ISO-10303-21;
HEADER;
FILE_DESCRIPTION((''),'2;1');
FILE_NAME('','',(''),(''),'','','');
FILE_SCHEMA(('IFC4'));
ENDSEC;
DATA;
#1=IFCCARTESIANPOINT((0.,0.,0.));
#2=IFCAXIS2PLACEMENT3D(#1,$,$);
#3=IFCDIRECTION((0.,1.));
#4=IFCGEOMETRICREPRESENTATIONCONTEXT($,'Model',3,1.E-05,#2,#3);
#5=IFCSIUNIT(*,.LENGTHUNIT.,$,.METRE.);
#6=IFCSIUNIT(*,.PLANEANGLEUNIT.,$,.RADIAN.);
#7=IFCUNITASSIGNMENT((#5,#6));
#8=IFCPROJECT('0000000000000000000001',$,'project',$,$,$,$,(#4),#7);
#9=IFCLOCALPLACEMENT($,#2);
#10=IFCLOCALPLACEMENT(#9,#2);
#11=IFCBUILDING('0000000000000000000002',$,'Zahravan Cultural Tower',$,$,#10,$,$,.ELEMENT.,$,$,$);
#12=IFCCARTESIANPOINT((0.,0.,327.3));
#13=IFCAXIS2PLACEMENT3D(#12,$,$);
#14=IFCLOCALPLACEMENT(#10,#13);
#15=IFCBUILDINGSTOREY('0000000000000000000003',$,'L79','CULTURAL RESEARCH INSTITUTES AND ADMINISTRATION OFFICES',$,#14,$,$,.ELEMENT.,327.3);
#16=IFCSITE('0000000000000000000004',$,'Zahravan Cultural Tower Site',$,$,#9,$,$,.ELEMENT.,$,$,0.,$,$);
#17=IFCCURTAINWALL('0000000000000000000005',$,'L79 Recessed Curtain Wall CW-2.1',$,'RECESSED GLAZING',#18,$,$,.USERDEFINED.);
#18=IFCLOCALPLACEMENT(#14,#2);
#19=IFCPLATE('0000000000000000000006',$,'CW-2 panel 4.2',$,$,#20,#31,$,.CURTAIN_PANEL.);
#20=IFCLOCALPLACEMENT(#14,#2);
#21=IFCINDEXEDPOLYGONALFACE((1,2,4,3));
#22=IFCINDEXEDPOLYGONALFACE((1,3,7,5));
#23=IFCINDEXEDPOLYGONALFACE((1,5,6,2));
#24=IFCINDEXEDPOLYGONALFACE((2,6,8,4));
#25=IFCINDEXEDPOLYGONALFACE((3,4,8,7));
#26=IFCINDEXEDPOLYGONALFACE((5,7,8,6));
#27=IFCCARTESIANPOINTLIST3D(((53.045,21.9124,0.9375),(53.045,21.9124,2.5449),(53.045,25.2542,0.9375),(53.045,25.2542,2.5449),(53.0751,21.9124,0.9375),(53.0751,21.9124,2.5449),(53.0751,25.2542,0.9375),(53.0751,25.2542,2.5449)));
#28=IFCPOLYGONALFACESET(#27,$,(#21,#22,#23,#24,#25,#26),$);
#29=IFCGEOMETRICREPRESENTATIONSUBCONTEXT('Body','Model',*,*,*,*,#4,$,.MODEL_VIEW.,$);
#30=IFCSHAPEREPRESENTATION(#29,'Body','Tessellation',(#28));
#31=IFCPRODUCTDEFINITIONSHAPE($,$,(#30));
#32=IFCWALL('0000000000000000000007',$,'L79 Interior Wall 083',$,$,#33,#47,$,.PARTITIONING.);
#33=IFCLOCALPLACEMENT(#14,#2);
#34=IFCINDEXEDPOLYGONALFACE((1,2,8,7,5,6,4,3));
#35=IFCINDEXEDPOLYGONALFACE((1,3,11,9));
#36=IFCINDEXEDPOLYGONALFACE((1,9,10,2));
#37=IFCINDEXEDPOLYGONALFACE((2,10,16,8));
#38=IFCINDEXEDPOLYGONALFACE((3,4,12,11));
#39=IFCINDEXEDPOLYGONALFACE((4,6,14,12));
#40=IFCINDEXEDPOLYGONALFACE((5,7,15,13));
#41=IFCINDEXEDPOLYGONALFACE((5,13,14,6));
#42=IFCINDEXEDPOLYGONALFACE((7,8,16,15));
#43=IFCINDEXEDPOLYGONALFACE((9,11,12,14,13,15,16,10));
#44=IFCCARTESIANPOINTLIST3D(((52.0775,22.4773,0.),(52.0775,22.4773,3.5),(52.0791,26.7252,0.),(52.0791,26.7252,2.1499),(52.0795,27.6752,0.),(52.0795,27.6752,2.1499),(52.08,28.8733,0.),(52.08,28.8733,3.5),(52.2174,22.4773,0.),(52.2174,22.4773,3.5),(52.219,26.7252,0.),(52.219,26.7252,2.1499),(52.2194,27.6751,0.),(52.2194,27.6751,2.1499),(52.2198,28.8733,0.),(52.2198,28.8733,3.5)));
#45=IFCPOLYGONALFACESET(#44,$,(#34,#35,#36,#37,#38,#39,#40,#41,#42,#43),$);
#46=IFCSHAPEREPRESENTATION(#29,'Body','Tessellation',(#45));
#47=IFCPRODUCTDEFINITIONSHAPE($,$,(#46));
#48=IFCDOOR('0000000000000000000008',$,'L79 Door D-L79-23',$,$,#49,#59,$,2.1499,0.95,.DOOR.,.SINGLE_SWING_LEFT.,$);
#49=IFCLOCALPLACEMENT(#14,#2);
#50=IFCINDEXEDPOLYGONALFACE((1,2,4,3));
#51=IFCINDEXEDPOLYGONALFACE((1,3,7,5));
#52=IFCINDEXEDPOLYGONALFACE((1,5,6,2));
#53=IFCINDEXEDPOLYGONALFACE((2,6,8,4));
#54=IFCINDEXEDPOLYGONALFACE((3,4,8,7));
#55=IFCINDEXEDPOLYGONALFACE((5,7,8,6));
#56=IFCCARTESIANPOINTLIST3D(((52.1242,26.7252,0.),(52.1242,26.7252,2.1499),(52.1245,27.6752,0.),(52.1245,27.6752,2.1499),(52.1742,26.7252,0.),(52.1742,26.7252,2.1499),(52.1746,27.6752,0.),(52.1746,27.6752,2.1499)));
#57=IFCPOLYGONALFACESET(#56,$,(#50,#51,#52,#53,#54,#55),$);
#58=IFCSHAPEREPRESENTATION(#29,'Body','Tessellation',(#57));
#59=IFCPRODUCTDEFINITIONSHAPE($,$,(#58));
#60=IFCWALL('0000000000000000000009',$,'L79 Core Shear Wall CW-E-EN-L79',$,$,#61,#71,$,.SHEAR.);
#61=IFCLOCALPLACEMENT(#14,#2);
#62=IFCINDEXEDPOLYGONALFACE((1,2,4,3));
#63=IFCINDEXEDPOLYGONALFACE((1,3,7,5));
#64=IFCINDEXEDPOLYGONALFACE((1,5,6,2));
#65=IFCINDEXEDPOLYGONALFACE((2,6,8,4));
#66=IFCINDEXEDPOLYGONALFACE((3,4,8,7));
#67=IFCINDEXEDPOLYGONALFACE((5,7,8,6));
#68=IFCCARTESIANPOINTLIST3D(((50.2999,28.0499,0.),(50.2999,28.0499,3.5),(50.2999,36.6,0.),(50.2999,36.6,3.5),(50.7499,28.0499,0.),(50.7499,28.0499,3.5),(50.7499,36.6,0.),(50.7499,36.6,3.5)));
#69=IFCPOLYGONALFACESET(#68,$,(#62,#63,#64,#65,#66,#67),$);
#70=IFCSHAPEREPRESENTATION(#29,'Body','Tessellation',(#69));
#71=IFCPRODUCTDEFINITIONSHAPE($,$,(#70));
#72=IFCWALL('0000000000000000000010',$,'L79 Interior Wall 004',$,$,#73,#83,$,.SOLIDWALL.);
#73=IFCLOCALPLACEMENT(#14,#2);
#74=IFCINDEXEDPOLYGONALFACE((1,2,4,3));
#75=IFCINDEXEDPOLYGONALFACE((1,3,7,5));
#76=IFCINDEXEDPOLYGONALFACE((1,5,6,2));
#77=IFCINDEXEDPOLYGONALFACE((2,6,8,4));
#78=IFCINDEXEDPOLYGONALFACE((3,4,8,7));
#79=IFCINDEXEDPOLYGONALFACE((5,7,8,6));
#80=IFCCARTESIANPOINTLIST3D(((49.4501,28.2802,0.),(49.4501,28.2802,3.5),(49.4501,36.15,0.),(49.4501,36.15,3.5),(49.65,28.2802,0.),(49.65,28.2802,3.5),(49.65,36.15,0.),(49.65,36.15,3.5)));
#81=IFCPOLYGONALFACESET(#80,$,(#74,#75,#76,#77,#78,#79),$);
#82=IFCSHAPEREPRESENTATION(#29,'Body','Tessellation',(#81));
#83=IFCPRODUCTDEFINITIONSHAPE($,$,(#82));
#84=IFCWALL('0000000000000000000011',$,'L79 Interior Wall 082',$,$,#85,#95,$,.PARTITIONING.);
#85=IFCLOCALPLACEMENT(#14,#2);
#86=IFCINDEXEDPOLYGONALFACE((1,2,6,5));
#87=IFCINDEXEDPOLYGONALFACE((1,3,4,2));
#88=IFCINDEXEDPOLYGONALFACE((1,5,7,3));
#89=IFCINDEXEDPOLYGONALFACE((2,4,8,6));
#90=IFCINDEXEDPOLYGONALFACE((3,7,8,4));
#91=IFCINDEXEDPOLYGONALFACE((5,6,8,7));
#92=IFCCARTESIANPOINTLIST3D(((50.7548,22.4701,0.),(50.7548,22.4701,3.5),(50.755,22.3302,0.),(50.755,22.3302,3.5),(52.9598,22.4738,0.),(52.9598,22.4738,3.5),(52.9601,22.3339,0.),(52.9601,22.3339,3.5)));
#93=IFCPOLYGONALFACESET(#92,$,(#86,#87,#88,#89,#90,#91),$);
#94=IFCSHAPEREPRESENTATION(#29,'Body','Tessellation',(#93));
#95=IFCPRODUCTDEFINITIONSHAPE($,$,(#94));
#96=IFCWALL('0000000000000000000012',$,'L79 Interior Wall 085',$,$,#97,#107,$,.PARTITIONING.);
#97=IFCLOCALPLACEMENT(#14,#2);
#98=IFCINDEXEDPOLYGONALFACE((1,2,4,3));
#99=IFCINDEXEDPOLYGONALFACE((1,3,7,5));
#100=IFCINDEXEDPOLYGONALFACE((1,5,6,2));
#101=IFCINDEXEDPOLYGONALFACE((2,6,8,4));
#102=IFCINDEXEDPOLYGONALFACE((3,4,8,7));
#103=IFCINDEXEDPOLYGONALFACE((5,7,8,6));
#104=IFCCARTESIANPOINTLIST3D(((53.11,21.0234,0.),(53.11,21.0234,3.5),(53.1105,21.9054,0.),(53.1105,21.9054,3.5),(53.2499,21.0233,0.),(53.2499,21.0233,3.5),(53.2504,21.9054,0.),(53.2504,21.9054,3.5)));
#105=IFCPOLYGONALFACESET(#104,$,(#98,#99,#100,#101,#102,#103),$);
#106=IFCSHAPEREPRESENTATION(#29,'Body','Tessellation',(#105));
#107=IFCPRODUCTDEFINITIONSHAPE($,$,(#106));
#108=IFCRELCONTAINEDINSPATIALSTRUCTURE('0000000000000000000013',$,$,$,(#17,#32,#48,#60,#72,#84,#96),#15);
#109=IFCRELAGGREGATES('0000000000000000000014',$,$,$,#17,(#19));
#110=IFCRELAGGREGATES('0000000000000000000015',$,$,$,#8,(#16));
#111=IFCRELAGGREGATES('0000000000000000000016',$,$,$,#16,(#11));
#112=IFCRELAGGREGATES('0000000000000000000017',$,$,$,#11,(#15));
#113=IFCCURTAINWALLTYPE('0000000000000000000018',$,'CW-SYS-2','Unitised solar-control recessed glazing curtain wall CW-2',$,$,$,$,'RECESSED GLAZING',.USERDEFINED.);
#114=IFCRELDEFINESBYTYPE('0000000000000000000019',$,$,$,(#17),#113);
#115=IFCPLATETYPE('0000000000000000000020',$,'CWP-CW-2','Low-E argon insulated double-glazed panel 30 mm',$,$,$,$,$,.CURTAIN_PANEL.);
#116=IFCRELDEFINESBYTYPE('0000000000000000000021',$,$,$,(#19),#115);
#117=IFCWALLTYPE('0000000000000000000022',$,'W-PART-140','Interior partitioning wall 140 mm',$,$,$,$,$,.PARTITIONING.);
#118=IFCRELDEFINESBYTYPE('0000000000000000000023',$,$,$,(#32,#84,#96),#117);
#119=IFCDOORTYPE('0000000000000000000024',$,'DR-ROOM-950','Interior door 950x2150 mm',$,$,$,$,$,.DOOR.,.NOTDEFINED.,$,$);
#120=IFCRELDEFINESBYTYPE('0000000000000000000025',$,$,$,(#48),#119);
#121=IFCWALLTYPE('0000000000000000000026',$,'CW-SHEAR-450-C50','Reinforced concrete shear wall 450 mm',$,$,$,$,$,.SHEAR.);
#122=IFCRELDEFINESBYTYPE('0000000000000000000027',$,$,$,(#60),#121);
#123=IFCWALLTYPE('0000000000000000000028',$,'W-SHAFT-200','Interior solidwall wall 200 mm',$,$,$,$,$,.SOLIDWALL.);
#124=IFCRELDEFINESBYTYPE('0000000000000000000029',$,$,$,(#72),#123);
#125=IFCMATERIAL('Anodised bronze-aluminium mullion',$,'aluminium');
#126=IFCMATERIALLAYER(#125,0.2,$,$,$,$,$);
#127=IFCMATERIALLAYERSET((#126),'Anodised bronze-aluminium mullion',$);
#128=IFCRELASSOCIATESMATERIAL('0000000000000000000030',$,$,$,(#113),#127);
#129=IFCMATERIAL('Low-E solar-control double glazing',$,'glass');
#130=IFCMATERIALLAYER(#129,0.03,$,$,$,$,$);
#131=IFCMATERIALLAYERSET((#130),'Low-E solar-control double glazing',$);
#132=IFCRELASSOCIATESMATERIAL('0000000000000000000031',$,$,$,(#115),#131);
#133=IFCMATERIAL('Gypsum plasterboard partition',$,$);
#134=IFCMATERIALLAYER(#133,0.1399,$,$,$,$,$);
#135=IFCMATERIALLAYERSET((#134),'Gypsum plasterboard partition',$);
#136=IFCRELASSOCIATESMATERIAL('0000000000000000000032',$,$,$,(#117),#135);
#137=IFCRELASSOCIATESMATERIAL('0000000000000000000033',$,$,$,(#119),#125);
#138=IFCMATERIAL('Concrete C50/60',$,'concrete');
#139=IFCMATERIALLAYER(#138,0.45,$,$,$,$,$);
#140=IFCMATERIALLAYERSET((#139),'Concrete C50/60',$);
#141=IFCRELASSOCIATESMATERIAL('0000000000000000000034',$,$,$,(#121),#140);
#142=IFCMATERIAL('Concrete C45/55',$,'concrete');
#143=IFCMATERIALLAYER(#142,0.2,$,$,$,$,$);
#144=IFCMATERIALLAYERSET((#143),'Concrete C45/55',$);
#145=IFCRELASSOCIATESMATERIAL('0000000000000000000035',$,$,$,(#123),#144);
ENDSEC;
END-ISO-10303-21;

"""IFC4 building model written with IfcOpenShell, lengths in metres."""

from ifc_helpers import new_model, si_unit, direction, frame, frame_2d, origin, origin_2d, place, context, subcontext, project, spatial, rectangle, extrude, source, transform, mapped, material, layer, layer_set, type_object, element, fill, aggregate, save


model = new_model("IFC4")

# Units and contexts
model_context = context("Model", 3, precision=1e-05, world=origin(), true_north=direction((0.0, 1.0)))
body_context = subcontext(model_context, "Body", "Model", "MODEL_VIEW")
ifc_project = project(units=[si_unit("LENGTHUNIT", "METRE"), si_unit("PLANEANGLEUNIT", "RADIAN")], contexts=[model_context])

# Site, building, storey
site_placement = place(None, origin())
site = spatial("IfcSite", under=ifc_project, at=site_placement, Name="Zahravan Cultural Tower Site", CompositionType="ELEMENT", RefElevation=0.0)
building_placement = place(site_placement, origin())
building = spatial("IfcBuilding", under=site, at=building_placement, Name="Zahravan Cultural Tower", CompositionType="ELEMENT")
storey_placement = place(building_placement, frame((0.0, 0.0, 327.3)))
storey = spatial("IfcBuildingStorey", under=building, at=storey_placement, Name="L79", Description="CULTURAL RESEARCH INSTITUTES AND ADMINISTRATION OFFICES", CompositionType="ELEMENT", Elevation=327.3)

# Shared definitions
ifc_material_1 = material(Name="Concrete C50/60", Category="concrete")

# Curtain wall, plate
ifc_material_2 = material(Name="Anodised bronze-aluminium mullion", Category="aluminium")
ifc_layer_1 = layer(ifc_material_2, 0.2)
ifc_layer_set_1 = layer_set([ifc_layer_1], Name="Anodised bronze-aluminium mullion")
curtain_wall_type = type_object("IfcCurtainWallType", Name="CW-SYS-2", Description="Unitised solar-control recessed glazing curtain wall CW-2", ElementType="RECESSED GLAZING", PredefinedType="USERDEFINED", material=ifc_layer_set_1)
curtain_wall_placement = place(storey_placement, origin())
curtain_wall = element("IfcCurtainWall", 1, at=curtain_wall_placement, inside=storey, type_object=curtain_wall_type, Name="L79 Recessed Curtain Wall CW-2.1", ObjectType="RECESSED GLAZING", PredefinedType="USERDEFINED")
ifc_material_3 = material(Name="Low-E solar-control double glazing", Category="glass")
ifc_layer_2 = layer(ifc_material_3, 0.03)
ifc_layer_set_2 = layer_set([ifc_layer_2], Name="Low-E solar-control double glazing")
plate_type = type_object("IfcPlateType", Name="CWP-CW-2", Description="Low-E argon insulated double-glazed panel 30 mm", PredefinedType="CURTAIN_PANEL", material=ifc_layer_set_2)
shared_shape_1 = source(origin(), body_context, "Body", "SweptSolid", [
    extrude(rectangle(XDim=3.3418, YDim=0.03, at=origin_2d()), origin(), (0.0, 0.0, 1.0), 1.6074),
])
plate_1_placement = place(storey_placement, frame((53.0601, 23.5833, 0.9375), z_axis=(0.0, 0.0, 1.0), x_axis=(0.0, -1.0, 0.0)))
plate_1 = element("IfcPlate", 2, at=plate_1_placement, type_object=plate_type, Name="CW-2 panel 4.2", PredefinedType="CURTAIN_PANEL", context=body_context, shape_type="MappedRepresentation", body=[
    mapped(shared_shape_1, transform((0.0, 0.0, 0.0), x_axis=(1.0, 0.0, 0.0), y_axis=(0.0, 1.0, 0.0), z_axis=(0.0, 0.0, 1.0), scale=1.0)),
])
aggregate(curtain_wall, [plate_1])

# Wall, opening, door
ifc_material_4 = material(Name="Gypsum plasterboard partition")
ifc_layer_3 = layer(ifc_material_4, 0.1399)
ifc_layer_set_3 = layer_set([ifc_layer_3], Name="Gypsum plasterboard partition")
wall_type_1 = type_object("IfcWallType", Name="W-PART-140", Description="Interior partitioning wall 140 mm", PredefinedType="PARTITIONING", material=ifc_layer_set_3)
wall_1_placement = place(storey_placement, frame((52.1475, 22.4773, 0.0), z_axis=(0.0, 0.0, 1.0), x_axis=(0.000382, 1.0, 0.0)))
wall_1 = element("IfcWall", 3, at=wall_1_placement, inside=storey, type_object=wall_type_1, Name="L79 Interior Wall 083", PredefinedType="PARTITIONING", context=body_context, shape_type="SweptSolid", body=[
    extrude(rectangle(XDim=6.396, YDim=0.1399, at=frame_2d((3.198, 0.0))), origin(), (0.0, 0.0, 1.0), 3.5),
])
opening_placement = place(wall_1_placement, frame((4.2478, 0.0, 0.0)))
opening = element("IfcOpeningElement", 4, at=opening_placement, cuts=wall_1, PredefinedType="OPENING", context=body_context, shape_type="SweptSolid", body=[
    extrude(rectangle(XDim=0.95, YDim=2.1499, at=frame_2d((0.4751, 1.075))), frame((0.0, 0.0798, 0.0), z_axis=(0.0, -1.0, 0.0), x_axis=(1.0, 0.0, 0.0)), (0.0, 0.0, 1.0), 0.1599),
])
door_type = type_object("IfcDoorType", Name="DR-ROOM-950", Description="Interior door 950x2150 mm", OperationType="NOTDEFINED", PredefinedType="DOOR", material=ifc_material_2)
shared_shape_2 = source(origin(), body_context, "Body", "SweptSolid", [
    extrude(rectangle(XDim=0.95, YDim=2.1499, at=frame_2d((0.4751, 1.075))), frame((0.0, 0.0249, 0.0), z_axis=(0.0, -1.0, 0.0), x_axis=(1.0, 0.0, 0.0)), (0.0, 0.0, 1.0), 0.05),
])
door_placement = place(opening_placement, origin())
door = element("IfcDoor", 5, at=door_placement, inside=storey, type_object=door_type, Name="L79 Door D-L79-23", OperationType="SINGLE_SWING_LEFT", OverallHeight=2.1499, OverallWidth=0.95, PredefinedType="DOOR", context=body_context, shape_type="MappedRepresentation", body=[
    mapped(shared_shape_2, transform((0.0, 0.0, 0.0), x_axis=(1.0, 0.0, 0.0), y_axis=(0.0, 1.0, 0.0), z_axis=(0.0, 0.0, 1.0), scale=1.0)),
])
fill(opening, door)

# Walls
ifc_layer_4 = layer(ifc_material_1, 0.45)
ifc_layer_set_4 = layer_set([ifc_layer_4], Name="Concrete C50/60")
wall_type_2 = type_object("IfcWallType", Name="CW-SHEAR-450-C50", Description="Reinforced concrete shear wall 450 mm", PredefinedType="SHEAR", material=ifc_layer_set_4)
shared_shape_3 = source(origin(), body_context, "Body", "SweptSolid", [
    extrude(rectangle(XDim=8.55, YDim=0.45, at=frame_2d((4.2749, 0.0))), origin(), (0.0, 0.0, 1.0), 3.5),
])
wall_2_placement = place(storey_placement, frame((50.5249, 28.05, 0.0), z_axis=(0.0, 0.0, 1.0), x_axis=(0.0, 1.0, 0.0)))
element("IfcWall", 6, at=wall_2_placement, inside=storey, type_object=wall_type_2, Name="L79 Core Shear Wall CW-E-EN-L79", PredefinedType="SHEAR", context=body_context, shape_type="MappedRepresentation", body=[
    mapped(shared_shape_3, transform((0.0, 0.0, 0.0), x_axis=(1.0, 0.0, 0.0), y_axis=(0.0, 1.0, 0.0), z_axis=(0.0, 0.0, 1.0), scale=1.0)),
])
ifc_material_5 = material(Name="Concrete C45/55", Category="concrete")
ifc_layer_5 = layer(ifc_material_5, 0.2)
ifc_layer_set_5 = layer_set([ifc_layer_5], Name="Concrete C45/55")
wall_type_3 = type_object("IfcWallType", Name="W-SHAFT-200", Description="Interior solidwall wall 200 mm", PredefinedType="SOLIDWALL", material=ifc_layer_set_5)
shared_shape_4 = source(origin(), body_context, "Body", "SweptSolid", [
    extrude(rectangle(XDim=7.8699, YDim=0.2, at=frame_2d((3.9351, 0.0))), origin(), (0.0, 0.0, 1.0), 3.5),
])
wall_3_placement = place(storey_placement, frame((49.55, 28.28, 0.0), z_axis=(0.0, 0.0, 1.0), x_axis=(0.0, 1.0, 0.0)))
element("IfcWall", 7, at=wall_3_placement, inside=storey, type_object=wall_type_3, Name="L79 Interior Wall 004", PredefinedType="SOLIDWALL", context=body_context, shape_type="MappedRepresentation", body=[
    mapped(shared_shape_4, transform((0.0, 0.0, 0.0), x_axis=(1.0, 0.0, 0.0), y_axis=(0.0, 1.0, 0.0), z_axis=(0.0, 0.0, 1.0), scale=1.0)),
])
shared_shape_5 = source(origin(), body_context, "Body", "SweptSolid", [
    extrude(rectangle(XDim=2.2051, YDim=0.1399, at=frame_2d((1.1025, 0.0))), origin(), (0.0, 0.0, 1.0), 3.5),
])
wall_4_placement = place(storey_placement, frame((50.7549, 22.4001, 0.0), z_axis=(0.0, 0.0, 1.0), x_axis=(0.999999, 0.001661, 0.0)))
element("IfcWall", 8, at=wall_4_placement, inside=storey, type_object=wall_type_1, Name="L79 Interior Wall 082", PredefinedType="PARTITIONING", context=body_context, shape_type="MappedRepresentation", body=[
    mapped(shared_shape_5, transform((0.0, 0.0, 0.0), x_axis=(1.0, 0.0, 0.0), y_axis=(0.0, 1.0, 0.0), z_axis=(0.0, 0.0, 1.0), scale=1.0)),
])
shared_shape_6 = source(origin(), body_context, "Body", "SweptSolid", [
    extrude(rectangle(XDim=0.8821, YDim=0.1399, at=frame_2d((0.4409, 0.0))), origin(), (0.0, 0.0, 1.0), 3.5),
])
wall_5_placement = place(storey_placement, frame((53.1804, 21.9053, 0.0), z_axis=(0.0, 0.0, 1.0), x_axis=(-0.000554, -1.0, 0.0)))
element("IfcWall", 9, at=wall_5_placement, inside=storey, type_object=wall_type_1, Name="L79 Interior Wall 085", PredefinedType="PARTITIONING", context=body_context, shape_type="MappedRepresentation", body=[
    mapped(shared_shape_6, transform((0.0, 0.0, 0.0), x_axis=(1.0, 0.0, 0.0), y_axis=(0.0, 1.0, 0.0), z_axis=(0.0, 0.0, 1.0), scale=1.0)),
])

save(model, "model.ifc")
